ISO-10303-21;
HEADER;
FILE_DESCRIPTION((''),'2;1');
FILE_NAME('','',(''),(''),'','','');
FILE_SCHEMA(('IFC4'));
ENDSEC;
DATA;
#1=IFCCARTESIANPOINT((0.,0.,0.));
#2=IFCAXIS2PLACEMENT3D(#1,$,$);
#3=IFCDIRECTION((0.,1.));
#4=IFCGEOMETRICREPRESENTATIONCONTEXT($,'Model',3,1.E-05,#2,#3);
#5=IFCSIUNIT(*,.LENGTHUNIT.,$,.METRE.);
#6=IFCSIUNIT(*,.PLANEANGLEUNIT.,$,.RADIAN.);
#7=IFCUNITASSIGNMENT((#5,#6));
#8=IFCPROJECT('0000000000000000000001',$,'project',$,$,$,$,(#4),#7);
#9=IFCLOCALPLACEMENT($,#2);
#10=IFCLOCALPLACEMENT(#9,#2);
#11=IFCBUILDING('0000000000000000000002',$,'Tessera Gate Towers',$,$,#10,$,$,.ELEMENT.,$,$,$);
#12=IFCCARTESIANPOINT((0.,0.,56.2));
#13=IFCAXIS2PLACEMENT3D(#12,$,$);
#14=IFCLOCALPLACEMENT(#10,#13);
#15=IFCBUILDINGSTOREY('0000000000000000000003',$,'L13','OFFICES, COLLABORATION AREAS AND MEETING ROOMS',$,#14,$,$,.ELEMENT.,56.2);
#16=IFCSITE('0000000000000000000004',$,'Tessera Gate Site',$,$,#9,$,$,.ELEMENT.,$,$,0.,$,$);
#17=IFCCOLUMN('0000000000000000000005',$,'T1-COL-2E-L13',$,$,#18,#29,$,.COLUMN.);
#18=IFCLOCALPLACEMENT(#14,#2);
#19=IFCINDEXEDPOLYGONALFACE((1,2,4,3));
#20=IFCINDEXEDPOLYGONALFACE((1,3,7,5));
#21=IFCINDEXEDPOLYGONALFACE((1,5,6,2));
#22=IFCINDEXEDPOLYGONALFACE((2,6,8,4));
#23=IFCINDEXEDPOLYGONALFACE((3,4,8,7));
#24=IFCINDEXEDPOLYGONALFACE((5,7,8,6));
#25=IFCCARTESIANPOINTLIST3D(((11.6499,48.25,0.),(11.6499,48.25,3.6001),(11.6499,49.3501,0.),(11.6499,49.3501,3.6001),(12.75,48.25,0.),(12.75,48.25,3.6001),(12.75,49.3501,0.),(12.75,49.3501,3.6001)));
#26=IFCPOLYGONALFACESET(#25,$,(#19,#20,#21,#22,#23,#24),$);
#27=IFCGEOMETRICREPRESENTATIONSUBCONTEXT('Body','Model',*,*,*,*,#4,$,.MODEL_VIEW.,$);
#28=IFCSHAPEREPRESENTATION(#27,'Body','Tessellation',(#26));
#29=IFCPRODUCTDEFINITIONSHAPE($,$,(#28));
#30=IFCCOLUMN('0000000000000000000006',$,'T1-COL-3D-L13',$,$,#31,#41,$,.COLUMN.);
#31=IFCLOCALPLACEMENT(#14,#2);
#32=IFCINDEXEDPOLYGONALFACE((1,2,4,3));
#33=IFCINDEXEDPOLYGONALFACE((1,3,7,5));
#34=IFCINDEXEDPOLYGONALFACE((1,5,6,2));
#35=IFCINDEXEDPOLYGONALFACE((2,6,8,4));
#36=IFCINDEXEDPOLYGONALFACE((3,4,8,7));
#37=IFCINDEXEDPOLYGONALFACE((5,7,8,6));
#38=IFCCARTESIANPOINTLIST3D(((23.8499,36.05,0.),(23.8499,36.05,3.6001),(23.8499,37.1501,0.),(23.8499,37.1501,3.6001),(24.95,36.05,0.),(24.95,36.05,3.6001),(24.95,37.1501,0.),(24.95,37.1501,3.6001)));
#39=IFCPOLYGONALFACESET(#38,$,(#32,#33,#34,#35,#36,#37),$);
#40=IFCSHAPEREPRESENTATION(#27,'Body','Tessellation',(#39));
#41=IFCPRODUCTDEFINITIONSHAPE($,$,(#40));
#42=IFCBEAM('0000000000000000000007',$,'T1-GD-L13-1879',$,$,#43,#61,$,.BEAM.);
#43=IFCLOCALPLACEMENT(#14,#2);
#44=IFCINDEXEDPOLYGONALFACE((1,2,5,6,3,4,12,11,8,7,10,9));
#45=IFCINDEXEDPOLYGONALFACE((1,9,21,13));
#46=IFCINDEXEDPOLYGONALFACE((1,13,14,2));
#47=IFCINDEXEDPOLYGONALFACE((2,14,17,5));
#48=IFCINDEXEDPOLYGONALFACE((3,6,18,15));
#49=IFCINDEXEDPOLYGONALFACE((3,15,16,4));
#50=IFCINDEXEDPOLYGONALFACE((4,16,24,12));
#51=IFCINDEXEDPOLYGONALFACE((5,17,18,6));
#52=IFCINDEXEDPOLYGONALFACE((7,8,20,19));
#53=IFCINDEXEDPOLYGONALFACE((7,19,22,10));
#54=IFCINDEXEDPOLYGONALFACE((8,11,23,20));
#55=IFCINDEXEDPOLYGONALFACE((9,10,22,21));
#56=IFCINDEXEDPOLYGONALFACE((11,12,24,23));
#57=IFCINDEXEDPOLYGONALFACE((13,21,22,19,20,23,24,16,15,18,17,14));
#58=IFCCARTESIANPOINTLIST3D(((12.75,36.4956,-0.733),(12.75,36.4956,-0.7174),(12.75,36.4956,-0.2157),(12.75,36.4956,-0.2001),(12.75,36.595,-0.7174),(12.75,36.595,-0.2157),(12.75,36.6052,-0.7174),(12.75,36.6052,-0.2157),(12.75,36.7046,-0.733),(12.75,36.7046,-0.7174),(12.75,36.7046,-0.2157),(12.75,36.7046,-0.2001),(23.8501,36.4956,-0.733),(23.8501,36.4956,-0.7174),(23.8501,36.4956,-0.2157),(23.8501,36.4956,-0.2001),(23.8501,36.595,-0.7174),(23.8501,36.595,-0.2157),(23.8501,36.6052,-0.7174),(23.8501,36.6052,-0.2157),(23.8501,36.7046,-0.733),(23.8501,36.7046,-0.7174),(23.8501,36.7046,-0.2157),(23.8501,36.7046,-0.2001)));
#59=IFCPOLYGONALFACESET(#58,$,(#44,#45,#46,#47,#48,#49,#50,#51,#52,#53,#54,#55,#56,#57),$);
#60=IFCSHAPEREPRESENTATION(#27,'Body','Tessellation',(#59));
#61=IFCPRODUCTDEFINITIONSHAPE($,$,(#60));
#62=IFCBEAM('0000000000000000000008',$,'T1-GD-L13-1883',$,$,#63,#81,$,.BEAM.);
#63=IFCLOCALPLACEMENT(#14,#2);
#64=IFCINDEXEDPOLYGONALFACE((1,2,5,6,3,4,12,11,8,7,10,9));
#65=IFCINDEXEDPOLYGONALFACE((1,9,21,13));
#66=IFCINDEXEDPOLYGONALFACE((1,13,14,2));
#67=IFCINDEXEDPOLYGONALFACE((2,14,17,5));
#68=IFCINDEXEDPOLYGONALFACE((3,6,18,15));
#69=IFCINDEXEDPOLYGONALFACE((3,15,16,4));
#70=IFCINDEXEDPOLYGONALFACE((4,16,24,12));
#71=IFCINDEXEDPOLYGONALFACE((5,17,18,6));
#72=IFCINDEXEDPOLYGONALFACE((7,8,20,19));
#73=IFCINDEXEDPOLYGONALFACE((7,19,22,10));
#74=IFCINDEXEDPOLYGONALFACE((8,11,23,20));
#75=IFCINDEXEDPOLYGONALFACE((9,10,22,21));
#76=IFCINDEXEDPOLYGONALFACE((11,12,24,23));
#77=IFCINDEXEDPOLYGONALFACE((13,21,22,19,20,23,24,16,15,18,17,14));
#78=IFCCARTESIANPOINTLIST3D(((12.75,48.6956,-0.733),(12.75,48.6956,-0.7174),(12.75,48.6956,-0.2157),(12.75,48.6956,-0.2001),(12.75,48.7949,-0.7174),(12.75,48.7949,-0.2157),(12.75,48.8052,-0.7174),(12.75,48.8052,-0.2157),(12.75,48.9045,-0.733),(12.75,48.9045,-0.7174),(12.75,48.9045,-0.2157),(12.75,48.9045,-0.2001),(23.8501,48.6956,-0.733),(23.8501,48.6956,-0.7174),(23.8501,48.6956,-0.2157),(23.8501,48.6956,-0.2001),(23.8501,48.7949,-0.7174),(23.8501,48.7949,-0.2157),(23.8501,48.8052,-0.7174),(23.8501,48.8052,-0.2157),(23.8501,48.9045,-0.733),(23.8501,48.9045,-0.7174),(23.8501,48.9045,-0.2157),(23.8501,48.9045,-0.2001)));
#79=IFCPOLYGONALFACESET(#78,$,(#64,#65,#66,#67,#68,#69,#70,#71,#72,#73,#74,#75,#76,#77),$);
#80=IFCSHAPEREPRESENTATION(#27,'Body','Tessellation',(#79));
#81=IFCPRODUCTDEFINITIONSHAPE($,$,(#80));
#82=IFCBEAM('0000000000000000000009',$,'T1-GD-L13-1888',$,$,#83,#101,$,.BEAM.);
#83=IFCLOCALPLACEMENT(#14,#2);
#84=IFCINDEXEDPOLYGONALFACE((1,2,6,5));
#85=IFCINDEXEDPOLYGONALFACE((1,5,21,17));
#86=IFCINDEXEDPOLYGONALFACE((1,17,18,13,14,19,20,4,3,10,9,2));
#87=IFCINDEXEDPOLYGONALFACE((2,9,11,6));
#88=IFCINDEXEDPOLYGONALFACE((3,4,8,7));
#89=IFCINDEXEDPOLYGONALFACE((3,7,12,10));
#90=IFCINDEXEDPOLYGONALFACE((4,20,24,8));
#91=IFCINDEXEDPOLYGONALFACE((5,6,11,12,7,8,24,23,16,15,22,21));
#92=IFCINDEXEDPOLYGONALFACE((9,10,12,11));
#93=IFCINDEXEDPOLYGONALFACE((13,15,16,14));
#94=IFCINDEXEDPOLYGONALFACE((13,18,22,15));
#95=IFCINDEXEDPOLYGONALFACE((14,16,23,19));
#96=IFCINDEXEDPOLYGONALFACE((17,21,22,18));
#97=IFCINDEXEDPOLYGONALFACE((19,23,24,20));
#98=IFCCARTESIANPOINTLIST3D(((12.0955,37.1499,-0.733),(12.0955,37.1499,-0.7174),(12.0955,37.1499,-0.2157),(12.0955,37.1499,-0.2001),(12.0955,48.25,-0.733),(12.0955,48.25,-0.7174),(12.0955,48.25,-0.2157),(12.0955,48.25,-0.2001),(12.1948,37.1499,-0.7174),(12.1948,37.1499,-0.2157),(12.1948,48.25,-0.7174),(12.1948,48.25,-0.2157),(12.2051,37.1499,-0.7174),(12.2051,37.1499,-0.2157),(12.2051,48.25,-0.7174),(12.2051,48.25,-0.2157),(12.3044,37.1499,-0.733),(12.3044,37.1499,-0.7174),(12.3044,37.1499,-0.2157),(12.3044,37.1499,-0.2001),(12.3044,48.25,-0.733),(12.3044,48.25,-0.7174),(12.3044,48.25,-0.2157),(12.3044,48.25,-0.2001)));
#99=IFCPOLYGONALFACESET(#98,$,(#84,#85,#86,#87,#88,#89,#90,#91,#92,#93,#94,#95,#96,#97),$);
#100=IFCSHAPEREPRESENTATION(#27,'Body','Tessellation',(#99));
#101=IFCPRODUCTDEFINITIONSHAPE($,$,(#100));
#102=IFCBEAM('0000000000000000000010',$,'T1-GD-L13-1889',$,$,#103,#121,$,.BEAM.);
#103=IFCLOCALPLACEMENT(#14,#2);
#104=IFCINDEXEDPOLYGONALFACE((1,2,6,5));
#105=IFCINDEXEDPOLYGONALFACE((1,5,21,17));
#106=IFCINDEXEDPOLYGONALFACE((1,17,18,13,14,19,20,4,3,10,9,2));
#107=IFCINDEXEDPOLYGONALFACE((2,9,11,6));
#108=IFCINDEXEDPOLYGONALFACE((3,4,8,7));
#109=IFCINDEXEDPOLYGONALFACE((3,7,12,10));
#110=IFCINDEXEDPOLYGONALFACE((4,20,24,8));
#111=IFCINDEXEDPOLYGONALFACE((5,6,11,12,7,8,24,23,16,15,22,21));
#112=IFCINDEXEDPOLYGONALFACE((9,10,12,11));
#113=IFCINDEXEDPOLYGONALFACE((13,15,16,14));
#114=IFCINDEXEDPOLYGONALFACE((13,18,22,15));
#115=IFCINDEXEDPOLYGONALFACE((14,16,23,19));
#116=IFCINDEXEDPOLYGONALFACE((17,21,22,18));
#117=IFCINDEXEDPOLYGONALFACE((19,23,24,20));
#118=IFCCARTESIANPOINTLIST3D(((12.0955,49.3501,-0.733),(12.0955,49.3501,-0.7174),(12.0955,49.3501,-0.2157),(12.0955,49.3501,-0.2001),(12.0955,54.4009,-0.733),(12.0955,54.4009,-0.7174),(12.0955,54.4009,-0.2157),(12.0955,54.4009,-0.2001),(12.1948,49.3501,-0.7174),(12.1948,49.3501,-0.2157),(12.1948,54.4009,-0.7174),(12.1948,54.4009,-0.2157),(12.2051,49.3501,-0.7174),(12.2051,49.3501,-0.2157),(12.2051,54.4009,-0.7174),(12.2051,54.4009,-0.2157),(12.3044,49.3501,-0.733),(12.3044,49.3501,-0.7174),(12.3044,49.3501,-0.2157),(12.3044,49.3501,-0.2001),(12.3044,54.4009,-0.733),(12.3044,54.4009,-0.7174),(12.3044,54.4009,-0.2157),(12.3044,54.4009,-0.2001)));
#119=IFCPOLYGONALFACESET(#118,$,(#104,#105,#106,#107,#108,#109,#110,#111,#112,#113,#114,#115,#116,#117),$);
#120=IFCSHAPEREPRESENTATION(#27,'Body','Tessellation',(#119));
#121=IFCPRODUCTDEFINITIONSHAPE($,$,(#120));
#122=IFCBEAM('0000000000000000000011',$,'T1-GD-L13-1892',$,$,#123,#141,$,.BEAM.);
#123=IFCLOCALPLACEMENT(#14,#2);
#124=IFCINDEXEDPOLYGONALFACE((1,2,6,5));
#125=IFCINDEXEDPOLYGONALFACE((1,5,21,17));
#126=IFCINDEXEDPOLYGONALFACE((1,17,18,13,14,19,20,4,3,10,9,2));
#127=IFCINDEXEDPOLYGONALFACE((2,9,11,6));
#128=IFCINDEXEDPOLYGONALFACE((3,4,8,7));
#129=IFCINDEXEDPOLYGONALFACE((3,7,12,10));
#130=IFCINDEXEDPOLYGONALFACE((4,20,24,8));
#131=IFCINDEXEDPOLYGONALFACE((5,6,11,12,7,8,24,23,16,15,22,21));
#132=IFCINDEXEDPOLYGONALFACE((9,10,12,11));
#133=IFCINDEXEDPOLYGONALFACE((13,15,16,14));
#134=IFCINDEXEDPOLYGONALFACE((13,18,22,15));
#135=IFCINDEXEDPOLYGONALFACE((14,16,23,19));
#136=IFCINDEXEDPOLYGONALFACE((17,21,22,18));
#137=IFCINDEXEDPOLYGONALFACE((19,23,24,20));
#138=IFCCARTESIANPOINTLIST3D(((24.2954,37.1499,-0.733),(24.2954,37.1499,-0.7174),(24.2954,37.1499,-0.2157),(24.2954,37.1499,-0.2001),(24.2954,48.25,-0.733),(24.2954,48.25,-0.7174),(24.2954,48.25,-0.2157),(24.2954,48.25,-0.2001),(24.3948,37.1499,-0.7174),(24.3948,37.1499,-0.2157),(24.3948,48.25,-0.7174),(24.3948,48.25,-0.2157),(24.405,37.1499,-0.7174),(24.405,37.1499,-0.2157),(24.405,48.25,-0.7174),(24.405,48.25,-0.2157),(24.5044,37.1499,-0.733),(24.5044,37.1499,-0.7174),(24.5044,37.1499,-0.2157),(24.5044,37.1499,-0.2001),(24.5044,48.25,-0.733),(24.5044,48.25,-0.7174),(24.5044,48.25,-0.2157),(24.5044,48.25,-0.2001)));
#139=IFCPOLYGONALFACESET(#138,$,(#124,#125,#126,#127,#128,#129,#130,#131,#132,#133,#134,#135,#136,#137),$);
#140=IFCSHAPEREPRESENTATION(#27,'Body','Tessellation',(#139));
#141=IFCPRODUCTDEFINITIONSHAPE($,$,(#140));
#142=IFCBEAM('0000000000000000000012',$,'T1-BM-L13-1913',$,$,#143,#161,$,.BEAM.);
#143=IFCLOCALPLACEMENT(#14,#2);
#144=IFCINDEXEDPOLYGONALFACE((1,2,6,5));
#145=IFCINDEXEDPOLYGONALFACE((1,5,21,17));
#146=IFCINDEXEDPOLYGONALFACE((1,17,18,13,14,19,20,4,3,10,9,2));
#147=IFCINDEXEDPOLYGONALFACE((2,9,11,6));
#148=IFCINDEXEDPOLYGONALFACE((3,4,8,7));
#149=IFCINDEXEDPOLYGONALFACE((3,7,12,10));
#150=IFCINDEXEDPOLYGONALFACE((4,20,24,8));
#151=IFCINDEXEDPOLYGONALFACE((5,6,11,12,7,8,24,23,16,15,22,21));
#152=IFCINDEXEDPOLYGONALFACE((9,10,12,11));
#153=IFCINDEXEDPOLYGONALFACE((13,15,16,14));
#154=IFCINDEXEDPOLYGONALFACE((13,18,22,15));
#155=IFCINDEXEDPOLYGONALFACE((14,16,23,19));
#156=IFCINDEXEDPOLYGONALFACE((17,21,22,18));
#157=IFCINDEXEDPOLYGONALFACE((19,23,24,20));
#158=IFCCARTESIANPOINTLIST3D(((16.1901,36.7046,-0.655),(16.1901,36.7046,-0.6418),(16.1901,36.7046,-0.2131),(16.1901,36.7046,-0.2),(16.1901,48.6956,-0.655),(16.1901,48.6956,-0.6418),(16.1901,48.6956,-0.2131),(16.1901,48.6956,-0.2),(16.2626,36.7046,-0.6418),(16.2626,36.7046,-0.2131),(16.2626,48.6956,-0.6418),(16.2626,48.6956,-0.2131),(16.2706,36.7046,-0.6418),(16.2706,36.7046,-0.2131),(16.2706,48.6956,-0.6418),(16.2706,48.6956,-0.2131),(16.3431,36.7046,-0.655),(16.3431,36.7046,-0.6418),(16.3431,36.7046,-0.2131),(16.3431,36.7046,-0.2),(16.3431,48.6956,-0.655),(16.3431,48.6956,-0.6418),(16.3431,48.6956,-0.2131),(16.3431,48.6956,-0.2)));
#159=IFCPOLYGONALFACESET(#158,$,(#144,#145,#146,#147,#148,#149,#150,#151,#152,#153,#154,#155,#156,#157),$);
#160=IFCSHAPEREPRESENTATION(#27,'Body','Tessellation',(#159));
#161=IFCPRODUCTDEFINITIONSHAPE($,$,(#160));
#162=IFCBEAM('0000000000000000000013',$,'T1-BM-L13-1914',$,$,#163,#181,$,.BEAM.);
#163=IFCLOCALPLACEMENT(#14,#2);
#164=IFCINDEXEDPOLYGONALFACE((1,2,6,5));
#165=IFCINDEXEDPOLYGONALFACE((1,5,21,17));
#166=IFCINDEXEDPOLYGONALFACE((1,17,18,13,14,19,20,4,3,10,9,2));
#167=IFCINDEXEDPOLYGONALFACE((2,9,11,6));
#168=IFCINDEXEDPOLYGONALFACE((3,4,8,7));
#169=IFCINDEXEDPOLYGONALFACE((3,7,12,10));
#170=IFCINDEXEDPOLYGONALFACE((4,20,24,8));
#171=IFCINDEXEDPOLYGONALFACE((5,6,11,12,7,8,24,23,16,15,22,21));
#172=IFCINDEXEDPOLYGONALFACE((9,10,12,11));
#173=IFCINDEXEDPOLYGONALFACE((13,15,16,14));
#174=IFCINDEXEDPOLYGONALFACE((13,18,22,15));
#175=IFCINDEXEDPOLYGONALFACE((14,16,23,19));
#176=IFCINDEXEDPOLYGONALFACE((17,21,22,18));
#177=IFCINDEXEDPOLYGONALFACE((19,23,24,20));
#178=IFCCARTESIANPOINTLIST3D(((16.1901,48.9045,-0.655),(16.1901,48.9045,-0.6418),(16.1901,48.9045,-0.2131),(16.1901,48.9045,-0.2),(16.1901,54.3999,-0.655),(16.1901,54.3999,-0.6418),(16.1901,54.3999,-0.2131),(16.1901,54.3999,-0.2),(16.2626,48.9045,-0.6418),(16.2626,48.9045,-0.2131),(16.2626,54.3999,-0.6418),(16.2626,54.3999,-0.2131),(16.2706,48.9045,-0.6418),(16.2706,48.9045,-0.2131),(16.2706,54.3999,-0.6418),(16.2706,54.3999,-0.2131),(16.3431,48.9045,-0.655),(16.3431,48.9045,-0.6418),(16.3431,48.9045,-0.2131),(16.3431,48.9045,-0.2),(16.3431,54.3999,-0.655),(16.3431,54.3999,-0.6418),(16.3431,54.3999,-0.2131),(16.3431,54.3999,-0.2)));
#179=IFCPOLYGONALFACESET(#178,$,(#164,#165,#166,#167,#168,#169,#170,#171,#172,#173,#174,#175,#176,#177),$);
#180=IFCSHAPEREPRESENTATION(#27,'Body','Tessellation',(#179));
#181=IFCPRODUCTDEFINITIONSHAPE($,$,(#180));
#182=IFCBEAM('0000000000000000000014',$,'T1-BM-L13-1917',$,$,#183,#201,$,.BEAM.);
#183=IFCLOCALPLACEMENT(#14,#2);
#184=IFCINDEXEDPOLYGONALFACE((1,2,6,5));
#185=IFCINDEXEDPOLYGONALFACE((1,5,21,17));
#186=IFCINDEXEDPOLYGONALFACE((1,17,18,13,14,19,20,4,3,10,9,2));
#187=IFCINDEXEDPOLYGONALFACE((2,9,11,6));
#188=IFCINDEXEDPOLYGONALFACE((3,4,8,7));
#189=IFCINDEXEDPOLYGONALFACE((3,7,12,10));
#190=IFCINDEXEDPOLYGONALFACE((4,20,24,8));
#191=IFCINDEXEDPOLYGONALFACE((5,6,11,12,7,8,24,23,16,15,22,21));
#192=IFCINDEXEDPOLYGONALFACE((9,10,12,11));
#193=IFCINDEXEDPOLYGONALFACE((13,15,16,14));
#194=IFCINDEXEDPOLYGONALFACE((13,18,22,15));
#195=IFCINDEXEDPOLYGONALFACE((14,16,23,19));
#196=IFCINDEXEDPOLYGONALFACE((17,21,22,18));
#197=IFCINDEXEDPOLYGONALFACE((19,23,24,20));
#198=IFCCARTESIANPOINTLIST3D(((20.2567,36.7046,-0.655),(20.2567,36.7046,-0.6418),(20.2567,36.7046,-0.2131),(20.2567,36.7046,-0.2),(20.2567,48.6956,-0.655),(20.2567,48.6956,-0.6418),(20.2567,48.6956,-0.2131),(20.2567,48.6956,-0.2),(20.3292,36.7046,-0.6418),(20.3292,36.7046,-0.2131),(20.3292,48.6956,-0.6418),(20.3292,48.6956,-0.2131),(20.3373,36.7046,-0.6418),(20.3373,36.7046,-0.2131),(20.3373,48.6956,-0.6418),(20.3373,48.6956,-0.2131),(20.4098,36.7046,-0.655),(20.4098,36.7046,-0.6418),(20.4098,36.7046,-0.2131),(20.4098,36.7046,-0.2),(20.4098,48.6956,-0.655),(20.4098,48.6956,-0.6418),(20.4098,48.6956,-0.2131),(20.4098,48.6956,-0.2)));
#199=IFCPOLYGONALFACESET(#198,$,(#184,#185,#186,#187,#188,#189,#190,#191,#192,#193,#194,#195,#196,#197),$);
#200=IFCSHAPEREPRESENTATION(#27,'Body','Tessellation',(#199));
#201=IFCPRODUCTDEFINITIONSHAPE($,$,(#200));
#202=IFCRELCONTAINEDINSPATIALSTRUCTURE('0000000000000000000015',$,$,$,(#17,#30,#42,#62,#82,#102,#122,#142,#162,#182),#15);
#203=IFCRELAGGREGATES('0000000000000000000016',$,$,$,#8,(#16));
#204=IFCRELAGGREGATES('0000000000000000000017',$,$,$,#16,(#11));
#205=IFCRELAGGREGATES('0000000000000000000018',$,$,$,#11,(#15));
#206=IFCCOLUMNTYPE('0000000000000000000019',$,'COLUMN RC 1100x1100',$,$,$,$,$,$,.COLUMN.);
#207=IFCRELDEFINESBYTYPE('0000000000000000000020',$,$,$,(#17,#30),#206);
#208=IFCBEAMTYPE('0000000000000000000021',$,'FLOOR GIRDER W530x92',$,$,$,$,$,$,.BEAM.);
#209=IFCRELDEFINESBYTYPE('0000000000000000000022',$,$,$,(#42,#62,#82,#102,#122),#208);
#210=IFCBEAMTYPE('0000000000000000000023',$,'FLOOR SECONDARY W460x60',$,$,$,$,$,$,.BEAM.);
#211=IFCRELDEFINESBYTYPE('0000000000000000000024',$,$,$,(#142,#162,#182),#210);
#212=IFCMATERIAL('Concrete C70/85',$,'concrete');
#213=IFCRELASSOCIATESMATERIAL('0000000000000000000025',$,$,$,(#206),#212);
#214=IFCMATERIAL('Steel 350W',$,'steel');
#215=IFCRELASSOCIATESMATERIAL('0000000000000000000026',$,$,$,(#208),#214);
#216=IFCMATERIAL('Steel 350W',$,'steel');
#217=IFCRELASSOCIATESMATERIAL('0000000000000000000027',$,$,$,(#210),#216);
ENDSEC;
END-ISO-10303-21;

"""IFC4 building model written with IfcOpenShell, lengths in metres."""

from ifc_helpers import new_model, si_unit, direction, frame, origin, origin_2d, place, context, subcontext, project, spatial, rectangle, i_section, extrude, material, material_profile, profile_set, type_object, element, save


model = new_model("IFC4")

# Units and contexts
model_context = context("Model", 3, precision=1e-05, world=origin(), true_north=direction((0.0, 1.0)))
body_context = subcontext(model_context, "Body", "Model", "MODEL_VIEW")
ifc_project = project(units=[si_unit("LENGTHUNIT", "METRE"), si_unit("PLANEANGLEUNIT", "RADIAN")], contexts=[model_context])

# Site, building, storey
site_placement = place(None, origin())
site = spatial("IfcSite", under=ifc_project, at=site_placement, Name="Tessera Gate Site", CompositionType="ELEMENT", RefElevation=0.0)
building_placement = place(site_placement, origin())
building = spatial("IfcBuilding", under=site, at=building_placement, Name="Tessera Gate Towers", CompositionType="ELEMENT")
storey_placement = place(building_placement, frame((0.0, 0.0, 56.2)))
storey = spatial("IfcBuildingStorey", under=building, at=storey_placement, Name="L13", Description="OFFICES, COLLABORATION AREAS AND MEETING ROOMS", CompositionType="ELEMENT", Elevation=56.2)

# Columns
ifc_material_1 = material(Name="Concrete C70/85", Category="concrete")
ifc_material_profile_1 = material_profile(ifc_material_1, rectangle(XDim=1.1001, YDim=1.1001, at=origin_2d()), Name="RC 1100x1100")
ifc_profile_set_1 = profile_set([ifc_material_profile_1], Name="Concrete C70/85")
column_type = type_object("IfcColumnType", Name="COLUMN RC 1100x1100", PredefinedType="COLUMN", material=ifc_profile_set_1)
for number, where, z_axis, x_axis, name in (
    (1, (12.2, 48.8, 0.0), (0.0, 0.0, 1.0), (1.0, 0.0, 0.0), "T1-COL-2E-L13"),
    (2, (24.3999, 36.6001, 0.0), (0.0, 0.0, 1.0), (1.0, 0.0, 0.0), "T1-COL-3D-L13"),
):
    element("IfcColumn", number, at=place(storey_placement, frame(where, z_axis=z_axis, x_axis=x_axis)), inside=storey, type_object=column_type, Name=name, PredefinedType="COLUMN", context=body_context, shape_type="SweptSolid", body=[
        extrude(rectangle(XDim=1.1001, YDim=1.1001, at=origin_2d()), origin(), (0.0, 0.0, 1.0), 3.6001),
    ])

# Beams
ifc_material_2 = material(Name="Steel 350W", Category="steel")
ifc_material_profile_2 = material_profile(ifc_material_2, i_section(OverallWidth=0.209, OverallDepth=0.533, WebThickness=0.0103, FlangeThickness=0.0156, at=origin_2d()), Name="W530x92")
ifc_profile_set_2 = profile_set([ifc_material_profile_2], Name="Steel 350W")
beam_type_1 = type_object("IfcBeamType", Name="FLOOR GIRDER W530x92", PredefinedType="BEAM", material=ifc_profile_set_2)
for number, where, z_axis, x_axis, name in (
    (3, (12.75, 36.6001, -0.4666), (1.0, 0.0, 0.0), (0.0, 1.0, 0.0), "T1-GD-L13-1879"),
    (4, (12.75, 48.8, -0.4666), (1.0, 0.0, 0.0), (0.0, 1.0, 0.0), "T1-GD-L13-1883"),
    (5, (12.2, 37.1499, -0.4666), (0.0, 1.0, 0.0), (-1.0, 0.0, 0.0), "T1-GD-L13-1888"),
):
    element("IfcBeam", number, at=place(storey_placement, frame(where, z_axis=z_axis, x_axis=x_axis)), inside=storey, type_object=beam_type_1, Name=name, PredefinedType="BEAM", context=body_context, shape_type="SweptSolid", body=[
        extrude(i_section(OverallWidth=0.209, OverallDepth=0.533, WebThickness=0.0103, FlangeThickness=0.0156, at=origin_2d()), origin(), (0.0, 0.0, 1.0), 11.1001),
    ])
beam_1_placement = place(storey_placement, frame((12.2, 49.3501, -0.4666), z_axis=(0.0, 1.0, 0.0), x_axis=(-1.0, 0.0, 0.0)))
element("IfcBeam", 6, at=beam_1_placement, inside=storey, type_object=beam_type_1, Name="T1-GD-L13-1889", PredefinedType="BEAM", context=body_context, shape_type="SweptSolid", body=[
    extrude(i_section(OverallWidth=0.209, OverallDepth=0.533, WebThickness=0.0103, FlangeThickness=0.0156, at=origin_2d()), origin(), (0.0, 0.0, 1.0), 5.0508),
])
beam_2_placement = place(storey_placement, frame((24.3999, 37.1499, -0.4666), z_axis=(0.0, 1.0, 0.0), x_axis=(-1.0, 0.0, 0.0)))
element("IfcBeam", 7, at=beam_2_placement, inside=storey, type_object=beam_type_1, Name="T1-GD-L13-1892", PredefinedType="BEAM", context=body_context, shape_type="SweptSolid", body=[
    extrude(i_section(OverallWidth=0.209, OverallDepth=0.533, WebThickness=0.0103, FlangeThickness=0.0156, at=origin_2d()), origin(), (0.0, 0.0, 1.0), 11.1001),
])
ifc_material_3 = material(Name="Steel 350W", Category="steel")
ifc_material_profile_3 = material_profile(ifc_material_3, i_section(OverallWidth=0.1531, OverallDepth=0.4551, WebThickness=0.0081, FlangeThickness=0.0132, at=origin_2d()), Name="W460x60")
ifc_profile_set_3 = profile_set([ifc_material_profile_3], Name="Steel 350W")
beam_type_2 = type_object("IfcBeamType", Name="FLOOR SECONDARY W460x60", PredefinedType="BEAM", material=ifc_profile_set_3)
beam_3_placement = place(storey_placement, frame((16.2666, 36.7046, -0.4275), z_axis=(0.0, 1.0, 0.0), x_axis=(-1.0, 0.0, 0.0)))
element("IfcBeam", 8, at=beam_3_placement, inside=storey, type_object=beam_type_2, Name="T1-BM-L13-1913", PredefinedType="BEAM", context=body_context, shape_type="SweptSolid", body=[
    extrude(i_section(OverallWidth=0.1531, OverallDepth=0.4551, WebThickness=0.0081, FlangeThickness=0.0132, at=origin_2d()), origin(), (0.0, 0.0, 1.0), 11.991),
])
beam_4_placement = place(storey_placement, frame((16.2666, 48.9045, -0.4275), z_axis=(0.0, 1.0, 0.0), x_axis=(-1.0, 0.0, 0.0)))
element("IfcBeam", 9, at=beam_4_placement, inside=storey, type_object=beam_type_2, Name="T1-BM-L13-1914", PredefinedType="BEAM", context=body_context, shape_type="SweptSolid", body=[
    extrude(i_section(OverallWidth=0.1531, OverallDepth=0.4551, WebThickness=0.0081, FlangeThickness=0.0132, at=origin_2d()), origin(), (0.0, 0.0, 1.0), 5.4954),
])
beam_5_placement = place(storey_placement, frame((20.3333, 36.7046, -0.4275), z_axis=(0.0, 1.0, 0.0), x_axis=(-1.0, 0.0, 0.0)))
element("IfcBeam", 10, at=beam_5_placement, inside=storey, type_object=beam_type_2, Name="T1-BM-L13-1917", PredefinedType="BEAM", context=body_context, shape_type="SweptSolid", body=[
    extrude(i_section(OverallWidth=0.1531, OverallDepth=0.4551, WebThickness=0.0081, FlangeThickness=0.0132, at=origin_2d()), origin(), (0.0, 0.0, 1.0), 11.991),
])

save(model, "model.ifc")
